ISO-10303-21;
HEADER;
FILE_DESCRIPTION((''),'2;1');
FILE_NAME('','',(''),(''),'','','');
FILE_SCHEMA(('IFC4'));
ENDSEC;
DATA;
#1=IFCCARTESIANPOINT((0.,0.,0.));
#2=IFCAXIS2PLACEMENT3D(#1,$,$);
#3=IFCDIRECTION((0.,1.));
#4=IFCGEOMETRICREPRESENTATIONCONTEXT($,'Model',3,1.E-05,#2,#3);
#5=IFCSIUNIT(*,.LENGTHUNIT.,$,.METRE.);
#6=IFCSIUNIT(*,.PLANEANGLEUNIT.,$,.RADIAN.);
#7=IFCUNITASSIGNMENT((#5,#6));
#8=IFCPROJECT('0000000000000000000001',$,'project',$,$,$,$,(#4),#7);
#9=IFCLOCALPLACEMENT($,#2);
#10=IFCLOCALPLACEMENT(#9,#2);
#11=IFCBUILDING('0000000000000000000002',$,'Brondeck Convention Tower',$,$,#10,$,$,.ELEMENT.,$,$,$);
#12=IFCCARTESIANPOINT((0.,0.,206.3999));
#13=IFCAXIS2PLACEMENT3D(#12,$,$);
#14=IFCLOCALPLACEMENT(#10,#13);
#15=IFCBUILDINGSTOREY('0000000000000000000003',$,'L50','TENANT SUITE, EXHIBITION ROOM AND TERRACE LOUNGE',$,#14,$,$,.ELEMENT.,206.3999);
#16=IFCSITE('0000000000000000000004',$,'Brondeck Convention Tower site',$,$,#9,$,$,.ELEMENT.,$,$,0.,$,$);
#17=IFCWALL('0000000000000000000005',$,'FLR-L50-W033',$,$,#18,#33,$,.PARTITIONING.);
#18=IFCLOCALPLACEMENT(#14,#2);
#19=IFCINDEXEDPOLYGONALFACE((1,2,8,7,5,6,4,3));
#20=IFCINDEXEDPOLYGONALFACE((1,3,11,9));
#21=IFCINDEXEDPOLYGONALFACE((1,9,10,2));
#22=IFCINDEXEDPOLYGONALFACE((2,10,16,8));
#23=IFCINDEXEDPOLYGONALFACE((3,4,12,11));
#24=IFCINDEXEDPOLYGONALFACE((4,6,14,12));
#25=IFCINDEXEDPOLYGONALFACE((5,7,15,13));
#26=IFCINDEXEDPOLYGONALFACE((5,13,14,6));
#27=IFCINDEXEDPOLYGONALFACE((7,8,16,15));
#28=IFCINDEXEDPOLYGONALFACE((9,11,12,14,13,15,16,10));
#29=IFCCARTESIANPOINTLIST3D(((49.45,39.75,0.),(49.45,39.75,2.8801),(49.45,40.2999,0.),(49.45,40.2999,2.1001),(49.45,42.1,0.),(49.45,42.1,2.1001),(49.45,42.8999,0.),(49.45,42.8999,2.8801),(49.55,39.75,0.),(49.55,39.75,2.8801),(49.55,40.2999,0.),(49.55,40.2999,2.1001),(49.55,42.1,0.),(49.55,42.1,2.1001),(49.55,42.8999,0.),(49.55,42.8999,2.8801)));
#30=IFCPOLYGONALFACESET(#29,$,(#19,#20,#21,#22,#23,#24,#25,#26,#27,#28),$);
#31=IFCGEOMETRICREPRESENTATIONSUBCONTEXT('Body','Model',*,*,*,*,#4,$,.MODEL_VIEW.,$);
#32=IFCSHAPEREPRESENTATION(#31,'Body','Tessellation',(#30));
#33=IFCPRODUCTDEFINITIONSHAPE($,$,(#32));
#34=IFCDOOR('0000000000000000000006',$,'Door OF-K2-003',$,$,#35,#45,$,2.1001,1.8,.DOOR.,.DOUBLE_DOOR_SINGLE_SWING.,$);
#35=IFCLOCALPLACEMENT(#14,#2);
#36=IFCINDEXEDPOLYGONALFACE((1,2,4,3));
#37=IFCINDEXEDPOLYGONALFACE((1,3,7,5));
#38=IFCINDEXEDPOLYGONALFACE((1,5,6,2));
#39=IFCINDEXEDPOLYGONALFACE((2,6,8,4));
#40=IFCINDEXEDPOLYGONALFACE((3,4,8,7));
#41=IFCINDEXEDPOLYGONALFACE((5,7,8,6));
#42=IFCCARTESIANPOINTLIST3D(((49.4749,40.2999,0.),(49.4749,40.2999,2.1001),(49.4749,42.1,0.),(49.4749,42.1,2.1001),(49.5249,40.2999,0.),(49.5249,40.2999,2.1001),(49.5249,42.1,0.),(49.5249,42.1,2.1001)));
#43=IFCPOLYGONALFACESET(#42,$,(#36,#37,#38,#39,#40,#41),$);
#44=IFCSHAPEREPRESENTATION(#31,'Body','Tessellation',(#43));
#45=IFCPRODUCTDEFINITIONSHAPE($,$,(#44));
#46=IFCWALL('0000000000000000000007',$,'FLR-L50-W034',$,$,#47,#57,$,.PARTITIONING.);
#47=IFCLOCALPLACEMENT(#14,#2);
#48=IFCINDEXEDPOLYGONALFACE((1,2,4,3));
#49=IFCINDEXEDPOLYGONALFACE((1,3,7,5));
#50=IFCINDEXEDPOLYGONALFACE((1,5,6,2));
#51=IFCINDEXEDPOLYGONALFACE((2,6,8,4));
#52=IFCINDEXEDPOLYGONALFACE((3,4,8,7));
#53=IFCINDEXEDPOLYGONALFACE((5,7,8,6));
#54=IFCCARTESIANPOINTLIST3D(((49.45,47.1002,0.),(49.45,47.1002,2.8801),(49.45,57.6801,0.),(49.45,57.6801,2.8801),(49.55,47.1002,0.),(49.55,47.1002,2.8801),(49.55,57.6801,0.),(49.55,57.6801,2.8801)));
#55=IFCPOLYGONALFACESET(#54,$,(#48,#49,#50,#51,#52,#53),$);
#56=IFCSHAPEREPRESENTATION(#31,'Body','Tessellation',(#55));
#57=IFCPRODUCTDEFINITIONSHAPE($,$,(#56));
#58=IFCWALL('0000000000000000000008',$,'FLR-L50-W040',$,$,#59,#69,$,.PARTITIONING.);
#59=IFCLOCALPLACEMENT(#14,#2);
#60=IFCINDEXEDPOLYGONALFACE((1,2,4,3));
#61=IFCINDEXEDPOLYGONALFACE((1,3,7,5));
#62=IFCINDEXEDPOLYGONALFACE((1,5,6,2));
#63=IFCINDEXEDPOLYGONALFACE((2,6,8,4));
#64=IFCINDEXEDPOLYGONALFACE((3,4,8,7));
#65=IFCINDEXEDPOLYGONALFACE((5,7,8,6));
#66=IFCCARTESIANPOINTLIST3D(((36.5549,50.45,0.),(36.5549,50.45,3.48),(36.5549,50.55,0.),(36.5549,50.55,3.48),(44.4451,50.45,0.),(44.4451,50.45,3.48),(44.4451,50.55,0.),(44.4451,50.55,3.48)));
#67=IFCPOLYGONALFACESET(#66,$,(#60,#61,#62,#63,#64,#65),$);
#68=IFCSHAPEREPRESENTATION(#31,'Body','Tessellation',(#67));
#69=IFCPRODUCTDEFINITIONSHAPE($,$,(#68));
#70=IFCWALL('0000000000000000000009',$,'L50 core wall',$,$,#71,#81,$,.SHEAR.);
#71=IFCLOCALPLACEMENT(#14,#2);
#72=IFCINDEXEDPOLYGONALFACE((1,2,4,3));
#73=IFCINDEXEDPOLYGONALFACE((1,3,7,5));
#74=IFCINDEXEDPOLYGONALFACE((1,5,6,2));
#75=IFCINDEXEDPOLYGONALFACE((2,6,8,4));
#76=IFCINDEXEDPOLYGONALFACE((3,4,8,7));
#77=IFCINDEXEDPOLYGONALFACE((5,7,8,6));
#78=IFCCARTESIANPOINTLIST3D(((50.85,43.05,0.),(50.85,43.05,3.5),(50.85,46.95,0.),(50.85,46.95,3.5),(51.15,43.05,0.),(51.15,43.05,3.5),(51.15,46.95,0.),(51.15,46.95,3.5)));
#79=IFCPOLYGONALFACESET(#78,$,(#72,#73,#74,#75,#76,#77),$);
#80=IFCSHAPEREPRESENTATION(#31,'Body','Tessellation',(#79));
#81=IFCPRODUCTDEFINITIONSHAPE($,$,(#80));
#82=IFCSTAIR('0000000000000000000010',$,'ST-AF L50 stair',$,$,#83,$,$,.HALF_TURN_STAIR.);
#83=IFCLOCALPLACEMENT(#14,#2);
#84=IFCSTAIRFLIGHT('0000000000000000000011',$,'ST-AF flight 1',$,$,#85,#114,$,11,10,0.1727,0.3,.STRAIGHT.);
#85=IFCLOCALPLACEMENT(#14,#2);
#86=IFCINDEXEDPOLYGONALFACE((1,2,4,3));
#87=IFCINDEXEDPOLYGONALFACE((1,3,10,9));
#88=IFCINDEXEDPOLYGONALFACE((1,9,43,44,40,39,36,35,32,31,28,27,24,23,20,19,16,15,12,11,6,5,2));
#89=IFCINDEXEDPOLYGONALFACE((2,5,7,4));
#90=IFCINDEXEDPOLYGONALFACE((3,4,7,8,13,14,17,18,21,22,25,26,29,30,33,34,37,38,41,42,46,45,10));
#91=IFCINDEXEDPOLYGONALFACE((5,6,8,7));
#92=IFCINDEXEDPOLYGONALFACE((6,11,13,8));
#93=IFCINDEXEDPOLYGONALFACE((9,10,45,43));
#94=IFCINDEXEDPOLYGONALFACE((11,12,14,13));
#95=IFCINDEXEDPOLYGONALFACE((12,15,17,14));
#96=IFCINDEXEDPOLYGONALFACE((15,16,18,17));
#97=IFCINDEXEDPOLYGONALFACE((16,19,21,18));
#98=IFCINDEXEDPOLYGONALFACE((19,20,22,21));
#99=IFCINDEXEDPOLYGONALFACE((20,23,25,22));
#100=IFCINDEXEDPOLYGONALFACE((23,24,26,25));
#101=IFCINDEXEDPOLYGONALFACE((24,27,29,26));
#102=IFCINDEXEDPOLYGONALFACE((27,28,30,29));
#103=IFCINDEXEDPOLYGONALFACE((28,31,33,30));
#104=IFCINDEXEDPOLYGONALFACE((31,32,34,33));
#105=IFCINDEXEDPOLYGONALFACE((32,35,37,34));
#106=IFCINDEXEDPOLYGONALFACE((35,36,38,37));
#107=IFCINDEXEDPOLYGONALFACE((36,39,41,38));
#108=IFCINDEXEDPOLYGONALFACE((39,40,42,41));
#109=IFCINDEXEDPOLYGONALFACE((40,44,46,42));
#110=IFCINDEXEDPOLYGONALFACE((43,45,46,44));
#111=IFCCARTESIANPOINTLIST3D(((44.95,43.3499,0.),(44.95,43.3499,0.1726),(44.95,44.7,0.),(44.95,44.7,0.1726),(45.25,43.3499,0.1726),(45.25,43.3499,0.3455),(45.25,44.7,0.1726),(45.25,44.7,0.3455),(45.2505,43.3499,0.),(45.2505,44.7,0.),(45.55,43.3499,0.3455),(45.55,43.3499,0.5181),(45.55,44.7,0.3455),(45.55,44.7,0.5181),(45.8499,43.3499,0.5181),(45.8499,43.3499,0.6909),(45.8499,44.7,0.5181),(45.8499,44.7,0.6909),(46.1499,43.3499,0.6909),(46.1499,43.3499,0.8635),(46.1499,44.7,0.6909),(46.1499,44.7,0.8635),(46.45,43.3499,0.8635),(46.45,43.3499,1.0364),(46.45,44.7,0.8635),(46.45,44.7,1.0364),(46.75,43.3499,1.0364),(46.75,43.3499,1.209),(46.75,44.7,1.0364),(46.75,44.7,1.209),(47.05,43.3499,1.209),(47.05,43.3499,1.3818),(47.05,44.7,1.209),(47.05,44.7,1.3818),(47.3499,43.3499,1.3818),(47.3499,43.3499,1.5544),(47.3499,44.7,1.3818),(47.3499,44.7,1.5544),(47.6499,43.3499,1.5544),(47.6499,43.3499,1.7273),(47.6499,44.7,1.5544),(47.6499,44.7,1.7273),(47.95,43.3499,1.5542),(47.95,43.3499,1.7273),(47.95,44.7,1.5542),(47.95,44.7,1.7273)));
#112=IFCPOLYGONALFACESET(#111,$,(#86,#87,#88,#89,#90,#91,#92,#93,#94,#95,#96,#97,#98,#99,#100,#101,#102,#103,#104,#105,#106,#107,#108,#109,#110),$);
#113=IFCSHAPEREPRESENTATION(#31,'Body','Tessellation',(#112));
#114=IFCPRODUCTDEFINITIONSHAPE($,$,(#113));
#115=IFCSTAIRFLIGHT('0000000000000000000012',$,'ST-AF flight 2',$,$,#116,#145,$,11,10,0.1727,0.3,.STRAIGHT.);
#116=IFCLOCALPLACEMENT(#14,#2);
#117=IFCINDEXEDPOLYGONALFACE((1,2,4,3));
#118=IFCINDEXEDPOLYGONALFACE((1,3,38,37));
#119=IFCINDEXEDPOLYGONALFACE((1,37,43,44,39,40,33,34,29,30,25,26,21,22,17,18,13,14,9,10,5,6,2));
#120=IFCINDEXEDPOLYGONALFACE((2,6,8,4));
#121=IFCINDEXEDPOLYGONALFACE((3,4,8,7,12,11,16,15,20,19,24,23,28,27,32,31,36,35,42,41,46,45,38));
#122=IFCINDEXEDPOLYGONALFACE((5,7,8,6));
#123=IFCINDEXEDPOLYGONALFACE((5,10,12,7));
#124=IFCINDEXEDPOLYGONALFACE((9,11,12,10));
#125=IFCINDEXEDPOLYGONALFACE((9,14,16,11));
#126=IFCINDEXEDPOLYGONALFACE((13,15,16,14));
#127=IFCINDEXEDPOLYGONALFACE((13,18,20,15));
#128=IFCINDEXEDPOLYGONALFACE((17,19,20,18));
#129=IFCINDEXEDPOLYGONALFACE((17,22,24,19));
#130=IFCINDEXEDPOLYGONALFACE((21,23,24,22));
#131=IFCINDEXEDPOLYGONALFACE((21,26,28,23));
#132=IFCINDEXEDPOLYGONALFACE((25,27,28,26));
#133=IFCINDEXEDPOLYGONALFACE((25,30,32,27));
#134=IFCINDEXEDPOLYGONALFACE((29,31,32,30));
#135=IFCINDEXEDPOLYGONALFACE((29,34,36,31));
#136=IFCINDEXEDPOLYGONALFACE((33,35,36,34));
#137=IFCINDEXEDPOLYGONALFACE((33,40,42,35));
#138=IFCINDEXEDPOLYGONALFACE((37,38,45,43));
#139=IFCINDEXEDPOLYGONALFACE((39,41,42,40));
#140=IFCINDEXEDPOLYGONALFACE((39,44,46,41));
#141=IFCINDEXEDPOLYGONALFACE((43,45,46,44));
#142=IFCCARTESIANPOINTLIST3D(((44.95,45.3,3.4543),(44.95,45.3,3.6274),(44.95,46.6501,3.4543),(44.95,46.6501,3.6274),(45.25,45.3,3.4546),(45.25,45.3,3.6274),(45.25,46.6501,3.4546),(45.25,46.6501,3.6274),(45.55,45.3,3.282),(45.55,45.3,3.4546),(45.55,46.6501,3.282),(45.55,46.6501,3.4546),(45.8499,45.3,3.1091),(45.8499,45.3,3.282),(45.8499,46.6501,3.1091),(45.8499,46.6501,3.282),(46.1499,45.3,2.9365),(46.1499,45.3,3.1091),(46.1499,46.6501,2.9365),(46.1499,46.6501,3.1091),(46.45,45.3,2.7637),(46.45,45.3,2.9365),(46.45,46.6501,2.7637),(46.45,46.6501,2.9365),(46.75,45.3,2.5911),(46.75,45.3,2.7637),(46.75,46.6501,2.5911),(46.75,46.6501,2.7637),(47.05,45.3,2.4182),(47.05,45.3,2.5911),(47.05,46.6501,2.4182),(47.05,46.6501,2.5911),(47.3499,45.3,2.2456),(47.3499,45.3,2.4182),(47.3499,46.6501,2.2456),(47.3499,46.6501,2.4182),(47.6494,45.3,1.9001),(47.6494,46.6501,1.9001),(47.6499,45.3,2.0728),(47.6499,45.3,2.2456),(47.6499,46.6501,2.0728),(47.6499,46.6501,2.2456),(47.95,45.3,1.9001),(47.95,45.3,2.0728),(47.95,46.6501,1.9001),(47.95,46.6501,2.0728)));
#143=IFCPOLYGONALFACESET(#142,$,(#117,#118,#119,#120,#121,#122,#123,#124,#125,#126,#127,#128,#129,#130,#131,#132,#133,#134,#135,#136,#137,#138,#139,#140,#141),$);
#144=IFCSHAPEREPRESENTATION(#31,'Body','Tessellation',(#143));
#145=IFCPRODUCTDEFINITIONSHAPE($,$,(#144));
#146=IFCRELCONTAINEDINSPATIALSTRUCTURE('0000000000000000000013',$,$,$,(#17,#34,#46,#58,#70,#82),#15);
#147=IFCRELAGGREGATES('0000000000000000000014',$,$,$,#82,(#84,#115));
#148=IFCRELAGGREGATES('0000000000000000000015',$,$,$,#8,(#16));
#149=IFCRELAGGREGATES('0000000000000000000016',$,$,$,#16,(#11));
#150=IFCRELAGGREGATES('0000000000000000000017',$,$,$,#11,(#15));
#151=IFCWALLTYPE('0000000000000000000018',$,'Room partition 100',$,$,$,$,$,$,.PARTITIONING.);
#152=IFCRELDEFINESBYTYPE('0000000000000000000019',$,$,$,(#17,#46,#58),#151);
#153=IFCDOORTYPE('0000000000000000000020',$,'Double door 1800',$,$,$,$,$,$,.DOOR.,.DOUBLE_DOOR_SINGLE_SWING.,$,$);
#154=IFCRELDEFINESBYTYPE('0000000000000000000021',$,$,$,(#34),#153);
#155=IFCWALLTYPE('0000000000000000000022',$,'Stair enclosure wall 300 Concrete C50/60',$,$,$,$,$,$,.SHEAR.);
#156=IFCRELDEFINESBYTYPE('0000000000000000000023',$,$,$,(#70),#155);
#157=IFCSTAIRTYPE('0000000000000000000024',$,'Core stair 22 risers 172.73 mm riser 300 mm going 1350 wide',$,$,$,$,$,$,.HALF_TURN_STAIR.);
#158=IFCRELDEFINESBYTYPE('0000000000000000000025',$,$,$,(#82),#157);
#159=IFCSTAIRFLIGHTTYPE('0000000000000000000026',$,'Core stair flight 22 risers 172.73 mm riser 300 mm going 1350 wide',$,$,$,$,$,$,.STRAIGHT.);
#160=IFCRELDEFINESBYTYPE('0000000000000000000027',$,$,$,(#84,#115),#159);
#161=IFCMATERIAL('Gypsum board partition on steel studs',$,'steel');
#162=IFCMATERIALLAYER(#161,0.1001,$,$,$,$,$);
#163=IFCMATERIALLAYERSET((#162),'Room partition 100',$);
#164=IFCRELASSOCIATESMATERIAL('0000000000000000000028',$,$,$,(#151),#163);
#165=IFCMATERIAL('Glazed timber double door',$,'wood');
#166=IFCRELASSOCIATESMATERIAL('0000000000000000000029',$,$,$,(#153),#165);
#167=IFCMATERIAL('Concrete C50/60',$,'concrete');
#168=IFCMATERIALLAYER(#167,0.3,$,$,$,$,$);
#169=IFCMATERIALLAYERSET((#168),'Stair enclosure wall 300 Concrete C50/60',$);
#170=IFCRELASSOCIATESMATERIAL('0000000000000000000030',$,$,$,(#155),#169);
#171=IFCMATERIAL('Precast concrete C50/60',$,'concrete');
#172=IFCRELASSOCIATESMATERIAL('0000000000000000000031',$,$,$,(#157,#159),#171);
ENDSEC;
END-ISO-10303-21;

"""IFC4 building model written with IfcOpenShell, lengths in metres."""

from ifc_helpers import new_model, si_unit, direction, frame, frame_2d, origin, place, context, subcontext, project, spatial, polyline, rectangle, outline, extrude, material, layer, layer_set, type_object, element, fill, aggregate, save


model = new_model("IFC4")

# Units and contexts
model_context = context("Model", 3, precision=1e-05, world=origin(), true_north=direction((0.0, 1.0)))
body_context = subcontext(model_context, "Body", "Model", "MODEL_VIEW")
ifc_project = project(units=[si_unit("LENGTHUNIT", "METRE"), si_unit("PLANEANGLEUNIT", "RADIAN")], contexts=[model_context])

# Site, building, storey
site_placement = place(None, origin())
site = spatial("IfcSite", under=ifc_project, at=site_placement, Name="Brondeck Convention Tower site", CompositionType="ELEMENT", RefElevation=0.0)
building_placement = place(site_placement, origin())
building = spatial("IfcBuilding", under=site, at=building_placement, Name="Brondeck Convention Tower", CompositionType="ELEMENT")
storey_placement = place(building_placement, frame((0.0, 0.0, 206.3999)))
storey = spatial("IfcBuildingStorey", under=building, at=storey_placement, Name="L50", Description="TENANT SUITE, EXHIBITION ROOM AND TERRACE LOUNGE", CompositionType="ELEMENT", Elevation=206.3999)

# Shared definitions
ifc_material_1 = material(Name="Concrete C50/60", Category="concrete")

# Wall, opening, door
ifc_material_2 = material(Name="Gypsum board partition on steel studs", Category="steel")
ifc_layer_1 = layer(ifc_material_2, 0.1001)
ifc_layer_set_1 = layer_set([ifc_layer_1], Name="Room partition 100")
wall_type_1 = type_object("IfcWallType", Name="Room partition 100", PredefinedType="PARTITIONING", material=ifc_layer_set_1)
wall_1_placement = place(storey_placement, frame((49.5, 42.8999, 0.0), z_axis=(0.0, 0.0, 1.0), x_axis=(0.0, -1.0, 0.0)))
wall_1 = element("IfcWall", 1, at=wall_1_placement, inside=storey, type_object=wall_type_1, Name="FLR-L50-W033", PredefinedType="PARTITIONING", context=body_context, shape_type="SweptSolid", body=[
    extrude(rectangle(XDim=3.1499, YDim=0.1001, at=frame_2d((1.575, 0.0))), origin(), (0.0, 0.0, 1.0), 2.8801),
])
opening_placement = place(wall_1_placement, frame((0.8, 0.0, 0.0)))
opening = element("IfcOpeningElement", 2, at=opening_placement, cuts=wall_1, PredefinedType="OPENING", context=body_context, shape_type="SweptSolid", body=[
    extrude(rectangle(XDim=1.8, YDim=2.1001, at=frame_2d((0.8999, 1.05))), frame((0.0, 0.0601, 0.0), z_axis=(0.0, -1.0, 0.0), x_axis=(1.0, 0.0, 0.0)), (0.0, 0.0, 1.0), 0.1201),
])
ifc_material_3 = material(Name="Glazed timber double door", Category="wood")
door_type = type_object("IfcDoorType", Name="Double door 1800", OperationType="DOUBLE_DOOR_SINGLE_SWING", PredefinedType="DOOR", material=ifc_material_3)
door_placement = place(opening_placement, origin())
door = element("IfcDoor", 3, at=door_placement, inside=storey, type_object=door_type, Name="Door OF-K2-003", OperationType="DOUBLE_DOOR_SINGLE_SWING", OverallHeight=2.1001, OverallWidth=1.8, PredefinedType="DOOR", context=body_context, shape_type="SweptSolid", body=[
    extrude(rectangle(XDim=1.8, YDim=2.1001, at=frame_2d((0.8999, 1.05))), frame((0.0, 0.0249, 0.0), z_axis=(0.0, -1.0, 0.0), x_axis=(1.0, 0.0, 0.0)), (0.0, 0.0, 1.0), 0.05),
])
fill(opening, door)

# Walls
wall_2_placement = place(storey_placement, frame((49.5, 47.1001, 0.0), z_axis=(0.0, 0.0, 1.0), x_axis=(0.0, 1.0, 0.0)))
element("IfcWall", 4, at=wall_2_placement, inside=storey, type_object=wall_type_1, Name="FLR-L50-W034", PredefinedType="PARTITIONING", context=body_context, shape_type="SweptSolid", body=[
    extrude(rectangle(XDim=10.5798, YDim=0.1001, at=frame_2d((5.29, 0.0))), origin(), (0.0, 0.0, 1.0), 2.8801),
])
wall_3_placement = place(storey_placement, frame((44.4451, 50.5, 0.0), z_axis=(0.0, 0.0, 1.0), x_axis=(-1.0, 0.0, 0.0)))
element("IfcWall", 5, at=wall_3_placement, inside=storey, type_object=wall_type_1, Name="FLR-L50-W040", PredefinedType="PARTITIONING", context=body_context, shape_type="SweptSolid", body=[
    extrude(rectangle(XDim=7.8901, YDim=0.1001, at=frame_2d((3.9451, 0.0))), origin(), (0.0, 0.0, 1.0), 3.48),
])
ifc_layer_2 = layer(ifc_material_1, 0.3)
ifc_layer_set_2 = layer_set([ifc_layer_2], Name="Stair enclosure wall 300 Concrete C50/60")
wall_type_2 = type_object("IfcWallType", Name="Stair enclosure wall 300 Concrete C50/60", PredefinedType="SHEAR", material=ifc_layer_set_2)
wall_4_placement = place(storey_placement, frame((51.0, 43.05, 0.0), z_axis=(0.0, 0.0, 1.0), x_axis=(0.0, 1.0, 0.0)))
element("IfcWall", 6, at=wall_4_placement, inside=storey, type_object=wall_type_2, Name="L50 core wall", PredefinedType="SHEAR", context=body_context, shape_type="SweptSolid", body=[
    extrude(rectangle(XDim=3.8999, YDim=0.3, at=frame_2d((1.95, 0.0))), origin(), (0.0, 0.0, 1.0), 3.5),
])

# Stair, stair flights
ifc_material_4 = material(Name="Precast concrete C50/60", Category="concrete")
stair_type = type_object("IfcStairType", Name="Core stair 22 risers 172.73 mm riser 300 mm going 1350 wide", PredefinedType="HALF_TURN_STAIR", material=ifc_material_4)
stair_placement = place(storey_placement, origin())
stair = element("IfcStair", 7, at=stair_placement, inside=storey, type_object=stair_type, Name="ST-AF L50 stair", PredefinedType="HALF_TURN_STAIR")
stair_flight_type = type_object("IfcStairFlightType", Name="Core stair flight 22 risers 172.73 mm riser 300 mm going 1350 wide", PredefinedType="STRAIGHT", material=ifc_material_4)
stair_flight_1_placement = place(storey_placement, frame((44.95, 44.0249, 0.0), z_axis=(0.0, 0.0, 1.0), x_axis=(1.0, 0.0, 0.0)))
stair_flight_1 = element("IfcStairFlight", 8, at=stair_flight_1_placement, type_object=stair_flight_type, Name="ST-AF flight 1", NumberOfRisers=11, NumberOfTreads=10, PredefinedType="STRAIGHT", RiserHeight=0.1727, TreadLength=0.3, context=body_context, shape_type="SweptSolid", body=[
    extrude(outline(polyline([(0.0, 0.0), (0.0, 0.1726), (0.3, 0.1726), (0.3, 0.3455), (0.6001, 0.3455), (0.6001, 0.5181), (0.8999, 0.5181), (0.8999, 0.6909), (1.2, 0.6909), (1.2, 0.8635), (1.5, 0.8635), (1.5, 1.0364), (1.8, 1.0364), (1.8, 1.209), (2.1001, 1.209), (2.1001, 1.3818), (2.3999, 1.3818), (2.3999, 1.5544), (2.7, 1.5544), (2.7, 1.7273), (3.0, 1.7273), (3.0, 1.8999), (3.0, 1.5542), (0.3005, 0.0), (0.0, 0.0)])), frame((0.0, 0.675, 0.0), z_axis=(0.0, -1.0, 0.0), x_axis=(1.0, 0.0, 0.0)), (0.0, 0.0, 1.0), 1.3501),
])
stair_flight_2_placement = place(storey_placement, frame((47.95, 45.9751, 1.9001), z_axis=(0.0, 0.0, 1.0), x_axis=(-1.0, 0.0, 0.0)))
stair_flight_2 = element("IfcStairFlight", 9, at=stair_flight_2_placement, type_object=stair_flight_type, Name="ST-AF flight 2", NumberOfRisers=11, NumberOfTreads=10, PredefinedType="STRAIGHT", RiserHeight=0.1727, TreadLength=0.3, context=body_context, shape_type="SweptSolid", body=[
    extrude(outline(polyline([(0.0, 0.0), (0.0, 0.1726), (0.3, 0.1726), (0.3, 0.3455), (0.6001, 0.3455), (0.6001, 0.5181), (0.8999, 0.5181), (0.8999, 0.6909), (1.2, 0.6909), (1.2, 0.8635), (1.5, 0.8635), (1.5, 1.0364), (1.8, 1.0364), (1.8, 1.209), (2.1001, 1.209), (2.1001, 1.3818), (2.3999, 1.3818), (2.3999, 1.5544), (2.7, 1.5544), (2.7, 1.7273), (3.0, 1.7273), (3.0, 1.8999), (3.0, 1.5542), (0.3005, 0.0), (0.0, 0.0)])), frame((0.0, 0.675, 0.0), z_axis=(0.0, -1.0, 0.0), x_axis=(1.0, 0.0, 0.0)), (0.0, 0.0, 1.0), 1.3501),
])
aggregate(stair, [stair_flight_1, stair_flight_2])

save(model, "model.ifc")
